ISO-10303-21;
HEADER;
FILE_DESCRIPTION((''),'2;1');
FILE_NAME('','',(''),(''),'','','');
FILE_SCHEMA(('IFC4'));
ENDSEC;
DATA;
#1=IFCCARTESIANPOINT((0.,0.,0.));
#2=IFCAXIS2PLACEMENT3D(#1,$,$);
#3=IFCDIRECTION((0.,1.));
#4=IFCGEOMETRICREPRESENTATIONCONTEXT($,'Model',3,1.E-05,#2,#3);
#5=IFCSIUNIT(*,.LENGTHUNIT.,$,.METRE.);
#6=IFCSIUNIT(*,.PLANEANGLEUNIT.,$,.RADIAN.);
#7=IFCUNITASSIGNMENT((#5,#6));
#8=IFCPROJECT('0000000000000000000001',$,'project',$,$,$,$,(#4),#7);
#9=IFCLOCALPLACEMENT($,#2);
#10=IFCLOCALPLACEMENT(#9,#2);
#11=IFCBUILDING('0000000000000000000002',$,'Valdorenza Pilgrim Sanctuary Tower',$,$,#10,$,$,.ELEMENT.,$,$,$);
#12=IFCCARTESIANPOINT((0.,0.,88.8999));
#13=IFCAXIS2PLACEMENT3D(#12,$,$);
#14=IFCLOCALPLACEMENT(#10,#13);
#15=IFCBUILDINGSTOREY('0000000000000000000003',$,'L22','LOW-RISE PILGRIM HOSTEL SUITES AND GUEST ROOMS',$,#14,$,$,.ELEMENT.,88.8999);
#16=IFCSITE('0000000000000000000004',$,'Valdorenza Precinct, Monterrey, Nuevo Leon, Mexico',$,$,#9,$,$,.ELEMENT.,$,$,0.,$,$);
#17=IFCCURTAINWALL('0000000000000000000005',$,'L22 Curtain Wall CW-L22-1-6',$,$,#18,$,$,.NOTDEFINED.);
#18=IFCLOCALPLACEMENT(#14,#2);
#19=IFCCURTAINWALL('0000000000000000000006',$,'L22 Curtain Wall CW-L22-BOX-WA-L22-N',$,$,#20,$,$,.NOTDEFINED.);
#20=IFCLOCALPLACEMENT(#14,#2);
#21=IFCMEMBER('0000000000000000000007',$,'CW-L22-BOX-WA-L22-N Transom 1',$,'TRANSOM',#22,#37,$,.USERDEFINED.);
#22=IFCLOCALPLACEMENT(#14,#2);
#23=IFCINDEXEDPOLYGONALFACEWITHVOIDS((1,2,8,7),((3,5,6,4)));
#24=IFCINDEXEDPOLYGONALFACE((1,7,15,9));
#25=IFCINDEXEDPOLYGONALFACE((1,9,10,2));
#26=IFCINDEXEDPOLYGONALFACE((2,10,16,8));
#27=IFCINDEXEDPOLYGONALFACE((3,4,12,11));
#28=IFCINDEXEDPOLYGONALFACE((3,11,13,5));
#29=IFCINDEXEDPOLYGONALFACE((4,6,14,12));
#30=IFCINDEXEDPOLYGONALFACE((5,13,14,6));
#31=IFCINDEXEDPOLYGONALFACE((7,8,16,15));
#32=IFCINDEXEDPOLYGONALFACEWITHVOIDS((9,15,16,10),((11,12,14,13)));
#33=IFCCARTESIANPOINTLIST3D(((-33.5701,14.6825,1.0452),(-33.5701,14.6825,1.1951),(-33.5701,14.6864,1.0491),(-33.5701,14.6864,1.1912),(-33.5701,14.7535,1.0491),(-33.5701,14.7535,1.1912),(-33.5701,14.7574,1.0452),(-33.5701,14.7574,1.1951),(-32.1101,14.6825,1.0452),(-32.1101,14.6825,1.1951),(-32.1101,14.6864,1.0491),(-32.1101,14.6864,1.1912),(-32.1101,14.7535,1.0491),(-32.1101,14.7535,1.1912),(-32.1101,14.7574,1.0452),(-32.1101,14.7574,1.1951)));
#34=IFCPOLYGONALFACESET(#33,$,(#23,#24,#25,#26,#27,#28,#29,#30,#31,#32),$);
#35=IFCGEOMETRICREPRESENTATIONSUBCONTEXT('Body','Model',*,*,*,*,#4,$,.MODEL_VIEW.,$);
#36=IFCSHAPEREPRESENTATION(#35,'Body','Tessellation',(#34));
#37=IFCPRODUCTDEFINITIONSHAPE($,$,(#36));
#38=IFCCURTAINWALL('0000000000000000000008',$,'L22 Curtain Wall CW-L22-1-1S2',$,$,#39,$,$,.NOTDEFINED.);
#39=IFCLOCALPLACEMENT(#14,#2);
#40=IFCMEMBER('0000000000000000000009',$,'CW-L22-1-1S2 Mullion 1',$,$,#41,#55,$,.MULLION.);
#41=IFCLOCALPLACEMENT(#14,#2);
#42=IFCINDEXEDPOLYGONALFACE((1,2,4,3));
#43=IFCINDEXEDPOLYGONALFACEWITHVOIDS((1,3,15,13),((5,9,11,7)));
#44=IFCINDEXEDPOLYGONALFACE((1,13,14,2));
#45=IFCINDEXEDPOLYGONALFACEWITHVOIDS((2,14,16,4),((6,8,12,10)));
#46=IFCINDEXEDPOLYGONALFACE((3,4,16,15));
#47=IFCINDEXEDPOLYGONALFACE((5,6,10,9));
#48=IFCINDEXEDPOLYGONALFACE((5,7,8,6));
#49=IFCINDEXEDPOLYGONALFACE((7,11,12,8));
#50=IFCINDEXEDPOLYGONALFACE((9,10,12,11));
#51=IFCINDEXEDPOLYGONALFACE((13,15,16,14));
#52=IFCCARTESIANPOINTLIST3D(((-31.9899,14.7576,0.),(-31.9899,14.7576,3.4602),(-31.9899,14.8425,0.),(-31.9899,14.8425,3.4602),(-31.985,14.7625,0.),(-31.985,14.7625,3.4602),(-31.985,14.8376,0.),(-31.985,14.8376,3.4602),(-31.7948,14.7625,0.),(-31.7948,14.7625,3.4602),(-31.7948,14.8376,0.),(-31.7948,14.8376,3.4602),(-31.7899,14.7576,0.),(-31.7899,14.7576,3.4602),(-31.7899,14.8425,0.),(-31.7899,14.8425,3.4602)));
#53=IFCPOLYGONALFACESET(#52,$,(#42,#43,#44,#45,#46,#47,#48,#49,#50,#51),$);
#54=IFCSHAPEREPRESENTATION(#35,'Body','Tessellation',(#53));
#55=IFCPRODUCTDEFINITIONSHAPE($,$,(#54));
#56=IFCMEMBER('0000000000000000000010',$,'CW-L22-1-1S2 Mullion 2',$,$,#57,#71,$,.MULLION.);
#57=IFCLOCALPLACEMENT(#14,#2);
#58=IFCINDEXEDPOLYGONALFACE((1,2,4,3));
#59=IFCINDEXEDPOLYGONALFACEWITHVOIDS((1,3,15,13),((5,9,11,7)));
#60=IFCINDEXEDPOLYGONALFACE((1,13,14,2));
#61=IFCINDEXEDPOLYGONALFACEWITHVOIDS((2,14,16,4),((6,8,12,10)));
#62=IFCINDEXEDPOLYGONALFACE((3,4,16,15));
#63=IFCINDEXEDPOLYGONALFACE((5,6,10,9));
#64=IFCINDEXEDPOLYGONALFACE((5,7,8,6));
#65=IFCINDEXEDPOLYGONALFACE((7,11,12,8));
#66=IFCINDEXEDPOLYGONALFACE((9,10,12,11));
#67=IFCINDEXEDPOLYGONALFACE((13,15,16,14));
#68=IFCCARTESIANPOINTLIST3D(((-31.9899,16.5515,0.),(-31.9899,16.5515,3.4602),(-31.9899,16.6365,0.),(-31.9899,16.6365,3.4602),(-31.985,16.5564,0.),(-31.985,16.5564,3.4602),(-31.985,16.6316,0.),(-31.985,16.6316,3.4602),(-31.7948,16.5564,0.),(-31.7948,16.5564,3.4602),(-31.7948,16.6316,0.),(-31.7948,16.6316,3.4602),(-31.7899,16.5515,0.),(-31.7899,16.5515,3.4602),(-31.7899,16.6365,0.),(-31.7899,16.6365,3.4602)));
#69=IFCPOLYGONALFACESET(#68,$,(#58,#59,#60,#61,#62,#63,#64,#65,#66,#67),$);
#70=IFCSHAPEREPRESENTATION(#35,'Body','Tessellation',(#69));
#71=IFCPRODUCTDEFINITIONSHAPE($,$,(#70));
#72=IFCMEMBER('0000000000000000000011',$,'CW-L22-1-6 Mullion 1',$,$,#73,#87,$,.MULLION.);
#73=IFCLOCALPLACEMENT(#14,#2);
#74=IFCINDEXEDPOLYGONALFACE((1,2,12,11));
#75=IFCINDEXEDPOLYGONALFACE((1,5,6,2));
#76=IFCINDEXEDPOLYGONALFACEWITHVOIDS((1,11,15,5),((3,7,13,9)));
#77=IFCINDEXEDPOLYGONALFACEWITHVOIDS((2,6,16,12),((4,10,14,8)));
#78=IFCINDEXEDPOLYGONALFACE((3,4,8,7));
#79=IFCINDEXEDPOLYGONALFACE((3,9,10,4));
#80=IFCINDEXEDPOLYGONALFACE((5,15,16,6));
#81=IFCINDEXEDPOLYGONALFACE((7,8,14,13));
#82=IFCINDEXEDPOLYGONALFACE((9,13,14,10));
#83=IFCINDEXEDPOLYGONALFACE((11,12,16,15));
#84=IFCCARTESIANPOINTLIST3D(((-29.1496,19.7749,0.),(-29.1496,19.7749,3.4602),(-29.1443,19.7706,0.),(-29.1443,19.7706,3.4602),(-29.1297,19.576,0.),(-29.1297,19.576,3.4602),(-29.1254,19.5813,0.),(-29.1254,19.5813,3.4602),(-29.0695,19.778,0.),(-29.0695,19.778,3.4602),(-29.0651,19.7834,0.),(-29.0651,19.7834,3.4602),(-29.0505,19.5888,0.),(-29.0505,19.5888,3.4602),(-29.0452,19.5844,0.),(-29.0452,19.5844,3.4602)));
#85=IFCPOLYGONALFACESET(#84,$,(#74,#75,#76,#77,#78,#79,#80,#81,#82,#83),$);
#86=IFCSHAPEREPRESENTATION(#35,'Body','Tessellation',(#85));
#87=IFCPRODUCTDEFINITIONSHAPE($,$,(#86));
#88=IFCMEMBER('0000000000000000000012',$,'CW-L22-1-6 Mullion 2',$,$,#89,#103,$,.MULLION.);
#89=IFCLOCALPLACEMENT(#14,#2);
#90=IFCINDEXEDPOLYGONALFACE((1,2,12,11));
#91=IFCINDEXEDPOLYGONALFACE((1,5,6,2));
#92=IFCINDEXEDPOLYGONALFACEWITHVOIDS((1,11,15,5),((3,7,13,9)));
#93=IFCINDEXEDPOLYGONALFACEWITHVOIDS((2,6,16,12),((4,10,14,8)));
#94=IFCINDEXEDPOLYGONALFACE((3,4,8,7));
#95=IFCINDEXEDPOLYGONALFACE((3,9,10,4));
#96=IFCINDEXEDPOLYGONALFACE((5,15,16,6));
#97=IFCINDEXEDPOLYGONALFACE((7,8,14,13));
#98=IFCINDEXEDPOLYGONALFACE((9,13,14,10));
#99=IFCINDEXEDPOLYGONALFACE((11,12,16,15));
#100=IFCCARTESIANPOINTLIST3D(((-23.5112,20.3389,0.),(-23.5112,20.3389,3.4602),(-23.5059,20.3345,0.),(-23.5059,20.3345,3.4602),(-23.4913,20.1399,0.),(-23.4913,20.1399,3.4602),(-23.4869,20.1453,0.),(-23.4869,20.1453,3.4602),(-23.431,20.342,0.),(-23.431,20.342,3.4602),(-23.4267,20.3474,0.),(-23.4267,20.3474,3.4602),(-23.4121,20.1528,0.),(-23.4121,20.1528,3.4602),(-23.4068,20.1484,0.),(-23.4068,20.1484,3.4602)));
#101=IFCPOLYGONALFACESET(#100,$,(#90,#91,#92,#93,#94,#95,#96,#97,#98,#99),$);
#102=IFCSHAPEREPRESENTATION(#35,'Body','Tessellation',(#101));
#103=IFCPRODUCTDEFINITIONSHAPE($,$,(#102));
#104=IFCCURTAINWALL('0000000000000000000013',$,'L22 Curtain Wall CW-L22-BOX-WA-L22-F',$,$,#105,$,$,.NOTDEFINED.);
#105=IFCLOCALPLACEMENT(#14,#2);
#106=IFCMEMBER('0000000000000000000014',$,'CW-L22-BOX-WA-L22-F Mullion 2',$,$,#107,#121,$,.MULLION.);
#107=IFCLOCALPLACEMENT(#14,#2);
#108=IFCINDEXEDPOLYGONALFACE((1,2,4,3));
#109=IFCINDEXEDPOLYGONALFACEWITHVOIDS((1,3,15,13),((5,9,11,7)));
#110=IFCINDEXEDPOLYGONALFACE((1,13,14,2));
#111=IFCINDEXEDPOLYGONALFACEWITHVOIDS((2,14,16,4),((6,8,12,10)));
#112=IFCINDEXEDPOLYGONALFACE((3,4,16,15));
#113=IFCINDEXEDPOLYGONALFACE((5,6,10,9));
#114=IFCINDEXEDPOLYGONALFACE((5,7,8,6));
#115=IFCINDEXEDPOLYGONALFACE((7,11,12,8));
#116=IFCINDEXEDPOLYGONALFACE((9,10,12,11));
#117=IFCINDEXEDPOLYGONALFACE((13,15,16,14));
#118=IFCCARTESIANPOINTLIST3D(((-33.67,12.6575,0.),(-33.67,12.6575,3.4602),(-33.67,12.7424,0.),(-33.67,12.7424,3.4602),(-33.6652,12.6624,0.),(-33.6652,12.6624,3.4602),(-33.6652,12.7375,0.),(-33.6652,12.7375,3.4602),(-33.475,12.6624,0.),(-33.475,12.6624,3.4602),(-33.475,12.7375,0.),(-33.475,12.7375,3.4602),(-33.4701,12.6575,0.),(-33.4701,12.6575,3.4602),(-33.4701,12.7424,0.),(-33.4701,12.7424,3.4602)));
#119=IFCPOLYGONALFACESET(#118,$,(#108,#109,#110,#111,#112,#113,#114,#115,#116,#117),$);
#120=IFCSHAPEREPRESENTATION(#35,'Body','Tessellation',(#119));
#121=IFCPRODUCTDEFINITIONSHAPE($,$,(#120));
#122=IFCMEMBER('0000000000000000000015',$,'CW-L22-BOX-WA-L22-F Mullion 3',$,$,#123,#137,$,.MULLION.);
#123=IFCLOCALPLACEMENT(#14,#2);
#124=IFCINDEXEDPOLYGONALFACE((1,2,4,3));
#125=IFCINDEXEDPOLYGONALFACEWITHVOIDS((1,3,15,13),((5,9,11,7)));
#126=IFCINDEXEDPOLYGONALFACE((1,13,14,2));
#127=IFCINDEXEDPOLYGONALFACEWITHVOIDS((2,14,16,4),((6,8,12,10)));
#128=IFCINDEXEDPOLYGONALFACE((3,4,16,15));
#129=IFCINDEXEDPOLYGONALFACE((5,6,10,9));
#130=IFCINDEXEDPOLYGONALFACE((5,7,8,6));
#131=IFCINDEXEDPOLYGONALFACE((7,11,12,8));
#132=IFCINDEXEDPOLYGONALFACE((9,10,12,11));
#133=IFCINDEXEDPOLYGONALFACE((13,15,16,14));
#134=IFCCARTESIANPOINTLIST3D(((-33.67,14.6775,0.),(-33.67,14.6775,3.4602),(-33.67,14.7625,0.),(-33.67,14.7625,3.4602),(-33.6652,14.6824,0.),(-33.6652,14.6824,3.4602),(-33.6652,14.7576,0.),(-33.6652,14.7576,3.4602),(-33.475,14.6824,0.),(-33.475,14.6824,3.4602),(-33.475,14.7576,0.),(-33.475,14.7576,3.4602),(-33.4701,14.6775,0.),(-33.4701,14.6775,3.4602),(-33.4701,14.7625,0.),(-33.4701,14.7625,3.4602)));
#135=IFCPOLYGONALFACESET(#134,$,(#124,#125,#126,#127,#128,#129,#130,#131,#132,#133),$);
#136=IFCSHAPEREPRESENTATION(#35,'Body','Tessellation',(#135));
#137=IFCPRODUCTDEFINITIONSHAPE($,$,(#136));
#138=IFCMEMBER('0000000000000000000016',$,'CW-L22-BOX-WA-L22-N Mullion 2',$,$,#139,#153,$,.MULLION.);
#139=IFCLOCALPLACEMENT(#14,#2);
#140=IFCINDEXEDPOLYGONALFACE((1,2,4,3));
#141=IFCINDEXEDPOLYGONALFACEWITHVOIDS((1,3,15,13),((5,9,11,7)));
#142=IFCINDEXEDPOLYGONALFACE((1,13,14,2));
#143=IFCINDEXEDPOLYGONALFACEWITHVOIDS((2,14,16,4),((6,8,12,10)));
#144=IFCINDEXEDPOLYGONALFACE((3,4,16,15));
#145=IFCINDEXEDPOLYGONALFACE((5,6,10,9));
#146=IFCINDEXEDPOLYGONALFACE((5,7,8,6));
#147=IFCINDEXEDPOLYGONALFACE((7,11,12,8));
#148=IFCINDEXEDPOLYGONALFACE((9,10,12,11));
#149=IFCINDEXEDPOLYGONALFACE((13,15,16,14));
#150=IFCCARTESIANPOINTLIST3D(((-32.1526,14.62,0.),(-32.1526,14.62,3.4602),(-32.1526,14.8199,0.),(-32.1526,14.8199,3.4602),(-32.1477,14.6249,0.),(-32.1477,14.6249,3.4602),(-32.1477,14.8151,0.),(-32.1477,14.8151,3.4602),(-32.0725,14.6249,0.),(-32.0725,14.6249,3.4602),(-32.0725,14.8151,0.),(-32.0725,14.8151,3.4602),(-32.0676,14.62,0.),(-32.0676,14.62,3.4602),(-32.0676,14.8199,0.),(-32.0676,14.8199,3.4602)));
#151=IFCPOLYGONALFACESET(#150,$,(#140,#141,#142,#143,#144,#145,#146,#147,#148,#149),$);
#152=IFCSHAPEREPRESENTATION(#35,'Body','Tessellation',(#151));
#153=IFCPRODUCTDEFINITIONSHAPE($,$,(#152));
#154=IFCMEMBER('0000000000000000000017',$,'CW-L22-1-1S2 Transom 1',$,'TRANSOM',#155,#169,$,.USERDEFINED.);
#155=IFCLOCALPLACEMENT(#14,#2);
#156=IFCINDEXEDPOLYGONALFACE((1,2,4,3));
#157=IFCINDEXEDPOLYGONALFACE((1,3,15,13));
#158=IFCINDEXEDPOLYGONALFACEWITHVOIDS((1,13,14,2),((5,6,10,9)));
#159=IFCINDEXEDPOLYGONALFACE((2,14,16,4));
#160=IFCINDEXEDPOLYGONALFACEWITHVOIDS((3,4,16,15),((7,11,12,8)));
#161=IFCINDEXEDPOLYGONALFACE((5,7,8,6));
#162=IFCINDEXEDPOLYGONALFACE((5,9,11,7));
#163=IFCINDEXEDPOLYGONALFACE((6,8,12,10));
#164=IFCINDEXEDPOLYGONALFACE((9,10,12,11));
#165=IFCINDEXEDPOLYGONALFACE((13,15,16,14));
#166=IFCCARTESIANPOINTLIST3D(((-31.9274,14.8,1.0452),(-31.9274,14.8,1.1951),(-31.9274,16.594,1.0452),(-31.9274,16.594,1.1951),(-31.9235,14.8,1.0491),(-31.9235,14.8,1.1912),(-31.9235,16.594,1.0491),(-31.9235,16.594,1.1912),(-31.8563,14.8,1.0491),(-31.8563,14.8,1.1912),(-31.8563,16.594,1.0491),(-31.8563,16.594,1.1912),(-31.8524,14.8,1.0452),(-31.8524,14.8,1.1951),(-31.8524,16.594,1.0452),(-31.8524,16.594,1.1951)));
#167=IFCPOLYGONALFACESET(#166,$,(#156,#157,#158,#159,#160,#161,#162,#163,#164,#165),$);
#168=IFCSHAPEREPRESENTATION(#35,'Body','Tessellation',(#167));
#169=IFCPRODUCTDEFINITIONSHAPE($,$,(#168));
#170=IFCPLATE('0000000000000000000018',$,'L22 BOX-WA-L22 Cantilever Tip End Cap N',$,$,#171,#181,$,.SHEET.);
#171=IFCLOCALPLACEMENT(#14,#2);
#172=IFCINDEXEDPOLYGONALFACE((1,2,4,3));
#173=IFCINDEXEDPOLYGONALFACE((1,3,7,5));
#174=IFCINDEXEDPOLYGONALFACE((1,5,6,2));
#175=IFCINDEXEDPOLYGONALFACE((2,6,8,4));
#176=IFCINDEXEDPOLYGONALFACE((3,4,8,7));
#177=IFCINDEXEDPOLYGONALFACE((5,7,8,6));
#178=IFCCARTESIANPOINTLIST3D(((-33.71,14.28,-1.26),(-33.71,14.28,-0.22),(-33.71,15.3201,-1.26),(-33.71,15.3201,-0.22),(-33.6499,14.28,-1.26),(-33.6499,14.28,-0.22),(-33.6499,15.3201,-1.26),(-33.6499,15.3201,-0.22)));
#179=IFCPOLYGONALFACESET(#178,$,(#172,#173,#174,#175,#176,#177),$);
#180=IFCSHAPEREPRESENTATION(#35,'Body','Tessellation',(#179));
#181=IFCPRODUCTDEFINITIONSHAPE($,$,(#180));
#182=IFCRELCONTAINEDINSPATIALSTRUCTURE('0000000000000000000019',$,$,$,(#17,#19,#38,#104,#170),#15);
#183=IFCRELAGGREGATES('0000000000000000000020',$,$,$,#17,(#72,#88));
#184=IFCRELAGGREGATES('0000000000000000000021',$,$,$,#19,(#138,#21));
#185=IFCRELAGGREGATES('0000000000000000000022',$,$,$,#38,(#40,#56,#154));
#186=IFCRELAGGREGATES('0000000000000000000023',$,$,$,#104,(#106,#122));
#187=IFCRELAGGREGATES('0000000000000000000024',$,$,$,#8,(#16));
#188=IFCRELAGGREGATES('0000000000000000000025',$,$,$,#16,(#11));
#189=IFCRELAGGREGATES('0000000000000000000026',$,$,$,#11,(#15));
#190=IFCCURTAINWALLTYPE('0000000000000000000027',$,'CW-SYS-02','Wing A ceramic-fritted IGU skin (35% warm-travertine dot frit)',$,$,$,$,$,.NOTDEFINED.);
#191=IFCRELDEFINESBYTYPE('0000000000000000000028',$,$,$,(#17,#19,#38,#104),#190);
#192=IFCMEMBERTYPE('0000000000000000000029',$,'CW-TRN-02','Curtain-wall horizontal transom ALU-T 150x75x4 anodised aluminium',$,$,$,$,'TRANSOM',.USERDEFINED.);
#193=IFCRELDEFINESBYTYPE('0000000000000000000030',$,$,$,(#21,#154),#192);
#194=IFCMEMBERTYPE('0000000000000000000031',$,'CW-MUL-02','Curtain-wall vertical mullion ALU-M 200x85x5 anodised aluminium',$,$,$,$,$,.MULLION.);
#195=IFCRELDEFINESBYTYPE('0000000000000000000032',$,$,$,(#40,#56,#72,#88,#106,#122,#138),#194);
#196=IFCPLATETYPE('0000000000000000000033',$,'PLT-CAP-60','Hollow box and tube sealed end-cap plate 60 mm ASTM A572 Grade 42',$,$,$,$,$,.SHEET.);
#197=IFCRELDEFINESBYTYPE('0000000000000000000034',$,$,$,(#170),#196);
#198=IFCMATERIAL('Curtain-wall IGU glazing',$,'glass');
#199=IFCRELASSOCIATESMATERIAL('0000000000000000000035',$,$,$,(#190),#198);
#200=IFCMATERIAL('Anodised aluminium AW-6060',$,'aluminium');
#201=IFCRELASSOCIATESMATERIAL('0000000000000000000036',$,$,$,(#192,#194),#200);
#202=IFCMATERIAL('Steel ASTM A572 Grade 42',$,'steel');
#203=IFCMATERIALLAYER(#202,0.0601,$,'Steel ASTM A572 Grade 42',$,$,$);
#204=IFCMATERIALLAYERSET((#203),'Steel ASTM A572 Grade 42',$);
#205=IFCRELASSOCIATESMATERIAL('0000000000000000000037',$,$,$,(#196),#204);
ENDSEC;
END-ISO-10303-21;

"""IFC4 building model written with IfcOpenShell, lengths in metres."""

from ifc_helpers import new_model, si_unit, direction, frame, origin, origin_2d, place, context, subcontext, project, spatial, rectangle, hollow_rectangle, extrude, source, transform, mapped, material, layer, layer_set, material_profile, profile_set, type_object, element, aggregate, save


model = new_model("IFC4")

# Units and contexts
model_context = context("Model", 3, precision=1e-05, world=origin(), true_north=direction((0.0, 1.0)))
body_context = subcontext(model_context, "Body", "Model", "MODEL_VIEW")
ifc_project = project(units=[si_unit("LENGTHUNIT", "METRE"), si_unit("PLANEANGLEUNIT", "RADIAN")], contexts=[model_context])

# Site, building, storey
site_placement = place(None, origin())
site = spatial("IfcSite", under=ifc_project, at=site_placement, Name="Valdorenza Precinct, Monterrey, Nuevo Leon, Mexico", CompositionType="ELEMENT", RefElevation=0.0)
building_placement = place(site_placement, origin())
building = spatial("IfcBuilding", under=site, at=building_placement, Name="Valdorenza Pilgrim Sanctuary Tower", CompositionType="ELEMENT")
storey_placement = place(building_placement, frame((0.0, 0.0, 88.8999)))
storey = spatial("IfcBuildingStorey", under=building, at=storey_placement, Name="L22", Description="LOW-RISE PILGRIM HOSTEL SUITES AND GUEST ROOMS", CompositionType="ELEMENT", Elevation=88.8999)

# Shared definitions
ifc_material_1 = material(Name="Steel ASTM A572 Grade 42", Category="steel")

# Curtain walls, member
ifc_material_2 = material(Name="Curtain-wall IGU glazing", Category="glass")
curtain_wall_type = type_object("IfcCurtainWallType", Name="CW-SYS-02", Description="Wing A ceramic-fritted IGU skin (35% warm-travertine dot frit)", PredefinedType="NOTDEFINED", material=ifc_material_2)
curtain_wall_1_placement = place(storey_placement, origin())
curtain_wall_1 = element("IfcCurtainWall", 1, at=curtain_wall_1_placement, inside=storey, type_object=curtain_wall_type, Name="L22 Curtain Wall CW-L22-1-6", PredefinedType="NOTDEFINED")
ifc_material_3 = material(Name="Anodised aluminium AW-6060", Category="aluminium")
ifc_material_profile_1 = material_profile(ifc_material_3, hollow_rectangle(XDim=0.075, YDim=0.1499, WallThickness=0.0039, at=origin_2d()), Name="ALU-T 150x75x4")
ifc_profile_set_1 = profile_set([ifc_material_profile_1], Name="Anodised aluminium AW-6060")
member_type_1 = type_object("IfcMemberType", Name="CW-TRN-02", Description="Curtain-wall horizontal transom ALU-T 150x75x4 anodised aluminium", ElementType="TRANSOM", PredefinedType="USERDEFINED", material=ifc_profile_set_1)
curtain_wall_2_placement = place(storey_placement, origin())
curtain_wall_2 = element("IfcCurtainWall", 2, at=curtain_wall_2_placement, inside=storey, type_object=curtain_wall_type, Name="L22 Curtain Wall CW-L22-BOX-WA-L22-N", PredefinedType="NOTDEFINED")
shared_shape_1 = source(origin(), body_context, "Body", "SweptSolid", [
    extrude(hollow_rectangle(XDim=0.075, YDim=0.1499, WallThickness=0.0039, at=origin_2d()), origin(), (0.0, 0.0, 1.0), 1.46),
])
member_1_placement = place(storey_placement, frame((-33.5701, 14.72, 1.1201), z_axis=(1.0, 0.0, 0.0), x_axis=(0.0, 1.0, 0.0)))
member_1 = element("IfcMember", 3, at=member_1_placement, type_object=member_type_1, Name="CW-L22-BOX-WA-L22-N Transom 1", ObjectType="TRANSOM", PredefinedType="USERDEFINED", context=body_context, shape_type="MappedRepresentation", body=[
    mapped(shared_shape_1, transform((0.0, 0.0, 0.0), x_axis=(1.0, 0.0, 0.0), y_axis=(0.0, 1.0, 0.0), z_axis=(0.0, 0.0, 1.0), scale=1.0)),
])

# Curtain wall, members
curtain_wall_3_placement = place(storey_placement, origin())
curtain_wall_3 = element("IfcCurtainWall", 4, at=curtain_wall_3_placement, inside=storey, type_object=curtain_wall_type, Name="L22 Curtain Wall CW-L22-1-1S2", PredefinedType="NOTDEFINED")
ifc_material_profile_2 = material_profile(ifc_material_3, hollow_rectangle(XDim=0.085, YDim=0.2, WallThickness=0.0049, at=origin_2d()), Name="ALU-M 200x85x5")
ifc_profile_set_2 = profile_set([ifc_material_profile_2], Name="Anodised aluminium AW-6060")
member_type_2 = type_object("IfcMemberType", Name="CW-MUL-02", Description="Curtain-wall vertical mullion ALU-M 200x85x5 anodised aluminium", PredefinedType="MULLION", material=ifc_profile_set_2)
shared_shape_2 = source(origin(), body_context, "Body", "SweptSolid", [
    extrude(hollow_rectangle(XDim=0.085, YDim=0.2, WallThickness=0.0049, at=origin_2d()), origin(), (0.0, 0.0, 1.0), 3.4602),
])
member_2_placement = place(storey_placement, frame((-31.8899, 14.8, 0.0), z_axis=(0.0, 0.0, 1.0), x_axis=(0.0, 1.0, 0.0)))
member_2 = element("IfcMember", 5, at=member_2_placement, type_object=member_type_2, Name="CW-L22-1-1S2 Mullion 1", PredefinedType="MULLION", context=body_context, shape_type="MappedRepresentation", body=[
    mapped(shared_shape_2, transform((0.0, 0.0, 0.0), x_axis=(1.0, 0.0, 0.0), y_axis=(0.0, 1.0, 0.0), z_axis=(0.0, 0.0, 1.0), scale=1.0)),
])
member_3_placement = place(storey_placement, frame((-31.8899, 16.594, 0.0), z_axis=(0.0, 0.0, 1.0), x_axis=(0.0, 1.0, 0.0)))
member_3 = element("IfcMember", 6, at=member_3_placement, type_object=member_type_2, Name="CW-L22-1-1S2 Mullion 2", PredefinedType="MULLION", context=body_context, shape_type="MappedRepresentation", body=[
    mapped(shared_shape_2, transform((0.0, 0.0, 0.0), x_axis=(1.0, 0.0, 0.0), y_axis=(0.0, 1.0, 0.0), z_axis=(0.0, 0.0, 1.0), scale=1.0)),
])

# Members
member_4_placement = place(storey_placement, frame((-29.0974, 19.6797, 0.0), z_axis=(0.0, 0.0, 1.0), x_axis=(0.995038, 0.099493, 0.0)))
member_4 = element("IfcMember", 7, at=member_4_placement, type_object=member_type_2, Name="CW-L22-1-6 Mullion 1", PredefinedType="MULLION", context=body_context, shape_type="MappedRepresentation", body=[
    mapped(shared_shape_2, transform((0.0, 0.0, 0.0), x_axis=(1.0, 0.0, 0.0), y_axis=(0.0, 1.0, 0.0), z_axis=(0.0, 0.0, 1.0), scale=1.0)),
])
member_5_placement = place(storey_placement, frame((-23.459, 20.2437, 0.0), z_axis=(0.0, 0.0, 1.0), x_axis=(0.995038, 0.099493, 0.0)))
member_5 = element("IfcMember", 8, at=member_5_placement, type_object=member_type_2, Name="CW-L22-1-6 Mullion 2", PredefinedType="MULLION", context=body_context, shape_type="MappedRepresentation", body=[
    mapped(shared_shape_2, transform((0.0, 0.0, 0.0), x_axis=(1.0, 0.0, 0.0), y_axis=(0.0, 1.0, 0.0), z_axis=(0.0, 0.0, 1.0), scale=1.0)),
])

# Curtain wall, members
curtain_wall_4_placement = place(storey_placement, origin())
curtain_wall_4 = element("IfcCurtainWall", 9, at=curtain_wall_4_placement, inside=storey, type_object=curtain_wall_type, Name="L22 Curtain Wall CW-L22-BOX-WA-L22-F", PredefinedType="NOTDEFINED")
member_6_placement = place(storey_placement, frame((-33.5701, 12.7, 0.0), z_axis=(0.0, 0.0, 1.0), x_axis=(0.0, 1.0, 0.0)))
member_6 = element("IfcMember", 10, at=member_6_placement, type_object=member_type_2, Name="CW-L22-BOX-WA-L22-F Mullion 2", PredefinedType="MULLION", context=body_context, shape_type="MappedRepresentation", body=[
    mapped(shared_shape_2, transform((0.0, 0.0, 0.0), x_axis=(1.0, 0.0, 0.0), y_axis=(0.0, 1.0, 0.0), z_axis=(0.0, 0.0, 1.0), scale=1.0)),
])
member_7_placement = place(storey_placement, frame((-33.5701, 14.72, 0.0), z_axis=(0.0, 0.0, 1.0), x_axis=(0.0, 1.0, 0.0)))
member_7 = element("IfcMember", 11, at=member_7_placement, type_object=member_type_2, Name="CW-L22-BOX-WA-L22-F Mullion 3", PredefinedType="MULLION", context=body_context, shape_type="MappedRepresentation", body=[
    mapped(shared_shape_2, transform((0.0, 0.0, 0.0), x_axis=(1.0, 0.0, 0.0), y_axis=(0.0, 1.0, 0.0), z_axis=(0.0, 0.0, 1.0), scale=1.0)),
])

# Members
member_8_placement = place(storey_placement, frame((-32.1101, 14.72, 0.0), z_axis=(0.0, 0.0, 1.0), x_axis=(1.0, 0.0, 0.0)))
member_8 = element("IfcMember", 12, at=member_8_placement, type_object=member_type_2, Name="CW-L22-BOX-WA-L22-N Mullion 2", PredefinedType="MULLION", context=body_context, shape_type="MappedRepresentation", body=[
    mapped(shared_shape_2, transform((0.0, 0.0, 0.0), x_axis=(1.0, 0.0, 0.0), y_axis=(0.0, 1.0, 0.0), z_axis=(0.0, 0.0, 1.0), scale=1.0)),
])
shared_shape_3 = source(origin(), body_context, "Body", "SweptSolid", [
    extrude(hollow_rectangle(XDim=0.075, YDim=0.1499, WallThickness=0.0039, at=origin_2d()), origin(), (0.0, 0.0, 1.0), 1.7939),
])
member_9_placement = place(storey_placement, frame((-31.8899, 14.8, 1.1201), z_axis=(0.0, 1.0, 0.0), x_axis=(-1.0, 0.0, 0.0)))
member_9 = element("IfcMember", 13, at=member_9_placement, type_object=member_type_1, Name="CW-L22-1-1S2 Transom 1", ObjectType="TRANSOM", PredefinedType="USERDEFINED", context=body_context, shape_type="MappedRepresentation", body=[
    mapped(shared_shape_3, transform((0.0, 0.0, 0.0), x_axis=(1.0, 0.0, 0.0), y_axis=(0.0, 1.0, 0.0), z_axis=(0.0, 0.0, 1.0), scale=1.0)),
])

# Plate
ifc_layer_1 = layer(ifc_material_1, 0.0601, Name="Steel ASTM A572 Grade 42")
ifc_layer_set_1 = layer_set([ifc_layer_1], Name="Steel ASTM A572 Grade 42")
plate_type_1 = type_object("IfcPlateType", Name="PLT-CAP-60", Description="Hollow box and tube sealed end-cap plate 60 mm ASTM A572 Grade 42", PredefinedType="SHEET", material=ifc_layer_set_1)
shared_shape_4 = source(origin(), body_context, "Body", "SweptSolid", [
    extrude(rectangle(XDim=0.0601, YDim=1.04, at=origin_2d()), origin(), (0.0, 0.0, 1.0), 1.04),
])
plate_1_placement = place(storey_placement, frame((-33.6799, 14.8, -1.26), z_axis=(0.0, 0.0, 1.0), x_axis=(1.0, 0.0, 0.0)))
element("IfcPlate", 14, at=plate_1_placement, inside=storey, type_object=plate_type_1, Name="L22 BOX-WA-L22 Cantilever Tip End Cap N", PredefinedType="SHEET", context=body_context, shape_type="MappedRepresentation", body=[
    mapped(shared_shape_4, transform((0.0, 0.0, 0.0), x_axis=(1.0, 0.0, 0.0), y_axis=(0.0, 1.0, 0.0), z_axis=(0.0, 0.0, 1.0), scale=1.0)),
])
aggregate(curtain_wall_1, [member_4, member_5])
aggregate(curtain_wall_2, [member_8, member_1])
aggregate(curtain_wall_3, [member_2, member_3, member_9])
aggregate(curtain_wall_4, [member_6, member_7])

save(model, "model.ifc")
